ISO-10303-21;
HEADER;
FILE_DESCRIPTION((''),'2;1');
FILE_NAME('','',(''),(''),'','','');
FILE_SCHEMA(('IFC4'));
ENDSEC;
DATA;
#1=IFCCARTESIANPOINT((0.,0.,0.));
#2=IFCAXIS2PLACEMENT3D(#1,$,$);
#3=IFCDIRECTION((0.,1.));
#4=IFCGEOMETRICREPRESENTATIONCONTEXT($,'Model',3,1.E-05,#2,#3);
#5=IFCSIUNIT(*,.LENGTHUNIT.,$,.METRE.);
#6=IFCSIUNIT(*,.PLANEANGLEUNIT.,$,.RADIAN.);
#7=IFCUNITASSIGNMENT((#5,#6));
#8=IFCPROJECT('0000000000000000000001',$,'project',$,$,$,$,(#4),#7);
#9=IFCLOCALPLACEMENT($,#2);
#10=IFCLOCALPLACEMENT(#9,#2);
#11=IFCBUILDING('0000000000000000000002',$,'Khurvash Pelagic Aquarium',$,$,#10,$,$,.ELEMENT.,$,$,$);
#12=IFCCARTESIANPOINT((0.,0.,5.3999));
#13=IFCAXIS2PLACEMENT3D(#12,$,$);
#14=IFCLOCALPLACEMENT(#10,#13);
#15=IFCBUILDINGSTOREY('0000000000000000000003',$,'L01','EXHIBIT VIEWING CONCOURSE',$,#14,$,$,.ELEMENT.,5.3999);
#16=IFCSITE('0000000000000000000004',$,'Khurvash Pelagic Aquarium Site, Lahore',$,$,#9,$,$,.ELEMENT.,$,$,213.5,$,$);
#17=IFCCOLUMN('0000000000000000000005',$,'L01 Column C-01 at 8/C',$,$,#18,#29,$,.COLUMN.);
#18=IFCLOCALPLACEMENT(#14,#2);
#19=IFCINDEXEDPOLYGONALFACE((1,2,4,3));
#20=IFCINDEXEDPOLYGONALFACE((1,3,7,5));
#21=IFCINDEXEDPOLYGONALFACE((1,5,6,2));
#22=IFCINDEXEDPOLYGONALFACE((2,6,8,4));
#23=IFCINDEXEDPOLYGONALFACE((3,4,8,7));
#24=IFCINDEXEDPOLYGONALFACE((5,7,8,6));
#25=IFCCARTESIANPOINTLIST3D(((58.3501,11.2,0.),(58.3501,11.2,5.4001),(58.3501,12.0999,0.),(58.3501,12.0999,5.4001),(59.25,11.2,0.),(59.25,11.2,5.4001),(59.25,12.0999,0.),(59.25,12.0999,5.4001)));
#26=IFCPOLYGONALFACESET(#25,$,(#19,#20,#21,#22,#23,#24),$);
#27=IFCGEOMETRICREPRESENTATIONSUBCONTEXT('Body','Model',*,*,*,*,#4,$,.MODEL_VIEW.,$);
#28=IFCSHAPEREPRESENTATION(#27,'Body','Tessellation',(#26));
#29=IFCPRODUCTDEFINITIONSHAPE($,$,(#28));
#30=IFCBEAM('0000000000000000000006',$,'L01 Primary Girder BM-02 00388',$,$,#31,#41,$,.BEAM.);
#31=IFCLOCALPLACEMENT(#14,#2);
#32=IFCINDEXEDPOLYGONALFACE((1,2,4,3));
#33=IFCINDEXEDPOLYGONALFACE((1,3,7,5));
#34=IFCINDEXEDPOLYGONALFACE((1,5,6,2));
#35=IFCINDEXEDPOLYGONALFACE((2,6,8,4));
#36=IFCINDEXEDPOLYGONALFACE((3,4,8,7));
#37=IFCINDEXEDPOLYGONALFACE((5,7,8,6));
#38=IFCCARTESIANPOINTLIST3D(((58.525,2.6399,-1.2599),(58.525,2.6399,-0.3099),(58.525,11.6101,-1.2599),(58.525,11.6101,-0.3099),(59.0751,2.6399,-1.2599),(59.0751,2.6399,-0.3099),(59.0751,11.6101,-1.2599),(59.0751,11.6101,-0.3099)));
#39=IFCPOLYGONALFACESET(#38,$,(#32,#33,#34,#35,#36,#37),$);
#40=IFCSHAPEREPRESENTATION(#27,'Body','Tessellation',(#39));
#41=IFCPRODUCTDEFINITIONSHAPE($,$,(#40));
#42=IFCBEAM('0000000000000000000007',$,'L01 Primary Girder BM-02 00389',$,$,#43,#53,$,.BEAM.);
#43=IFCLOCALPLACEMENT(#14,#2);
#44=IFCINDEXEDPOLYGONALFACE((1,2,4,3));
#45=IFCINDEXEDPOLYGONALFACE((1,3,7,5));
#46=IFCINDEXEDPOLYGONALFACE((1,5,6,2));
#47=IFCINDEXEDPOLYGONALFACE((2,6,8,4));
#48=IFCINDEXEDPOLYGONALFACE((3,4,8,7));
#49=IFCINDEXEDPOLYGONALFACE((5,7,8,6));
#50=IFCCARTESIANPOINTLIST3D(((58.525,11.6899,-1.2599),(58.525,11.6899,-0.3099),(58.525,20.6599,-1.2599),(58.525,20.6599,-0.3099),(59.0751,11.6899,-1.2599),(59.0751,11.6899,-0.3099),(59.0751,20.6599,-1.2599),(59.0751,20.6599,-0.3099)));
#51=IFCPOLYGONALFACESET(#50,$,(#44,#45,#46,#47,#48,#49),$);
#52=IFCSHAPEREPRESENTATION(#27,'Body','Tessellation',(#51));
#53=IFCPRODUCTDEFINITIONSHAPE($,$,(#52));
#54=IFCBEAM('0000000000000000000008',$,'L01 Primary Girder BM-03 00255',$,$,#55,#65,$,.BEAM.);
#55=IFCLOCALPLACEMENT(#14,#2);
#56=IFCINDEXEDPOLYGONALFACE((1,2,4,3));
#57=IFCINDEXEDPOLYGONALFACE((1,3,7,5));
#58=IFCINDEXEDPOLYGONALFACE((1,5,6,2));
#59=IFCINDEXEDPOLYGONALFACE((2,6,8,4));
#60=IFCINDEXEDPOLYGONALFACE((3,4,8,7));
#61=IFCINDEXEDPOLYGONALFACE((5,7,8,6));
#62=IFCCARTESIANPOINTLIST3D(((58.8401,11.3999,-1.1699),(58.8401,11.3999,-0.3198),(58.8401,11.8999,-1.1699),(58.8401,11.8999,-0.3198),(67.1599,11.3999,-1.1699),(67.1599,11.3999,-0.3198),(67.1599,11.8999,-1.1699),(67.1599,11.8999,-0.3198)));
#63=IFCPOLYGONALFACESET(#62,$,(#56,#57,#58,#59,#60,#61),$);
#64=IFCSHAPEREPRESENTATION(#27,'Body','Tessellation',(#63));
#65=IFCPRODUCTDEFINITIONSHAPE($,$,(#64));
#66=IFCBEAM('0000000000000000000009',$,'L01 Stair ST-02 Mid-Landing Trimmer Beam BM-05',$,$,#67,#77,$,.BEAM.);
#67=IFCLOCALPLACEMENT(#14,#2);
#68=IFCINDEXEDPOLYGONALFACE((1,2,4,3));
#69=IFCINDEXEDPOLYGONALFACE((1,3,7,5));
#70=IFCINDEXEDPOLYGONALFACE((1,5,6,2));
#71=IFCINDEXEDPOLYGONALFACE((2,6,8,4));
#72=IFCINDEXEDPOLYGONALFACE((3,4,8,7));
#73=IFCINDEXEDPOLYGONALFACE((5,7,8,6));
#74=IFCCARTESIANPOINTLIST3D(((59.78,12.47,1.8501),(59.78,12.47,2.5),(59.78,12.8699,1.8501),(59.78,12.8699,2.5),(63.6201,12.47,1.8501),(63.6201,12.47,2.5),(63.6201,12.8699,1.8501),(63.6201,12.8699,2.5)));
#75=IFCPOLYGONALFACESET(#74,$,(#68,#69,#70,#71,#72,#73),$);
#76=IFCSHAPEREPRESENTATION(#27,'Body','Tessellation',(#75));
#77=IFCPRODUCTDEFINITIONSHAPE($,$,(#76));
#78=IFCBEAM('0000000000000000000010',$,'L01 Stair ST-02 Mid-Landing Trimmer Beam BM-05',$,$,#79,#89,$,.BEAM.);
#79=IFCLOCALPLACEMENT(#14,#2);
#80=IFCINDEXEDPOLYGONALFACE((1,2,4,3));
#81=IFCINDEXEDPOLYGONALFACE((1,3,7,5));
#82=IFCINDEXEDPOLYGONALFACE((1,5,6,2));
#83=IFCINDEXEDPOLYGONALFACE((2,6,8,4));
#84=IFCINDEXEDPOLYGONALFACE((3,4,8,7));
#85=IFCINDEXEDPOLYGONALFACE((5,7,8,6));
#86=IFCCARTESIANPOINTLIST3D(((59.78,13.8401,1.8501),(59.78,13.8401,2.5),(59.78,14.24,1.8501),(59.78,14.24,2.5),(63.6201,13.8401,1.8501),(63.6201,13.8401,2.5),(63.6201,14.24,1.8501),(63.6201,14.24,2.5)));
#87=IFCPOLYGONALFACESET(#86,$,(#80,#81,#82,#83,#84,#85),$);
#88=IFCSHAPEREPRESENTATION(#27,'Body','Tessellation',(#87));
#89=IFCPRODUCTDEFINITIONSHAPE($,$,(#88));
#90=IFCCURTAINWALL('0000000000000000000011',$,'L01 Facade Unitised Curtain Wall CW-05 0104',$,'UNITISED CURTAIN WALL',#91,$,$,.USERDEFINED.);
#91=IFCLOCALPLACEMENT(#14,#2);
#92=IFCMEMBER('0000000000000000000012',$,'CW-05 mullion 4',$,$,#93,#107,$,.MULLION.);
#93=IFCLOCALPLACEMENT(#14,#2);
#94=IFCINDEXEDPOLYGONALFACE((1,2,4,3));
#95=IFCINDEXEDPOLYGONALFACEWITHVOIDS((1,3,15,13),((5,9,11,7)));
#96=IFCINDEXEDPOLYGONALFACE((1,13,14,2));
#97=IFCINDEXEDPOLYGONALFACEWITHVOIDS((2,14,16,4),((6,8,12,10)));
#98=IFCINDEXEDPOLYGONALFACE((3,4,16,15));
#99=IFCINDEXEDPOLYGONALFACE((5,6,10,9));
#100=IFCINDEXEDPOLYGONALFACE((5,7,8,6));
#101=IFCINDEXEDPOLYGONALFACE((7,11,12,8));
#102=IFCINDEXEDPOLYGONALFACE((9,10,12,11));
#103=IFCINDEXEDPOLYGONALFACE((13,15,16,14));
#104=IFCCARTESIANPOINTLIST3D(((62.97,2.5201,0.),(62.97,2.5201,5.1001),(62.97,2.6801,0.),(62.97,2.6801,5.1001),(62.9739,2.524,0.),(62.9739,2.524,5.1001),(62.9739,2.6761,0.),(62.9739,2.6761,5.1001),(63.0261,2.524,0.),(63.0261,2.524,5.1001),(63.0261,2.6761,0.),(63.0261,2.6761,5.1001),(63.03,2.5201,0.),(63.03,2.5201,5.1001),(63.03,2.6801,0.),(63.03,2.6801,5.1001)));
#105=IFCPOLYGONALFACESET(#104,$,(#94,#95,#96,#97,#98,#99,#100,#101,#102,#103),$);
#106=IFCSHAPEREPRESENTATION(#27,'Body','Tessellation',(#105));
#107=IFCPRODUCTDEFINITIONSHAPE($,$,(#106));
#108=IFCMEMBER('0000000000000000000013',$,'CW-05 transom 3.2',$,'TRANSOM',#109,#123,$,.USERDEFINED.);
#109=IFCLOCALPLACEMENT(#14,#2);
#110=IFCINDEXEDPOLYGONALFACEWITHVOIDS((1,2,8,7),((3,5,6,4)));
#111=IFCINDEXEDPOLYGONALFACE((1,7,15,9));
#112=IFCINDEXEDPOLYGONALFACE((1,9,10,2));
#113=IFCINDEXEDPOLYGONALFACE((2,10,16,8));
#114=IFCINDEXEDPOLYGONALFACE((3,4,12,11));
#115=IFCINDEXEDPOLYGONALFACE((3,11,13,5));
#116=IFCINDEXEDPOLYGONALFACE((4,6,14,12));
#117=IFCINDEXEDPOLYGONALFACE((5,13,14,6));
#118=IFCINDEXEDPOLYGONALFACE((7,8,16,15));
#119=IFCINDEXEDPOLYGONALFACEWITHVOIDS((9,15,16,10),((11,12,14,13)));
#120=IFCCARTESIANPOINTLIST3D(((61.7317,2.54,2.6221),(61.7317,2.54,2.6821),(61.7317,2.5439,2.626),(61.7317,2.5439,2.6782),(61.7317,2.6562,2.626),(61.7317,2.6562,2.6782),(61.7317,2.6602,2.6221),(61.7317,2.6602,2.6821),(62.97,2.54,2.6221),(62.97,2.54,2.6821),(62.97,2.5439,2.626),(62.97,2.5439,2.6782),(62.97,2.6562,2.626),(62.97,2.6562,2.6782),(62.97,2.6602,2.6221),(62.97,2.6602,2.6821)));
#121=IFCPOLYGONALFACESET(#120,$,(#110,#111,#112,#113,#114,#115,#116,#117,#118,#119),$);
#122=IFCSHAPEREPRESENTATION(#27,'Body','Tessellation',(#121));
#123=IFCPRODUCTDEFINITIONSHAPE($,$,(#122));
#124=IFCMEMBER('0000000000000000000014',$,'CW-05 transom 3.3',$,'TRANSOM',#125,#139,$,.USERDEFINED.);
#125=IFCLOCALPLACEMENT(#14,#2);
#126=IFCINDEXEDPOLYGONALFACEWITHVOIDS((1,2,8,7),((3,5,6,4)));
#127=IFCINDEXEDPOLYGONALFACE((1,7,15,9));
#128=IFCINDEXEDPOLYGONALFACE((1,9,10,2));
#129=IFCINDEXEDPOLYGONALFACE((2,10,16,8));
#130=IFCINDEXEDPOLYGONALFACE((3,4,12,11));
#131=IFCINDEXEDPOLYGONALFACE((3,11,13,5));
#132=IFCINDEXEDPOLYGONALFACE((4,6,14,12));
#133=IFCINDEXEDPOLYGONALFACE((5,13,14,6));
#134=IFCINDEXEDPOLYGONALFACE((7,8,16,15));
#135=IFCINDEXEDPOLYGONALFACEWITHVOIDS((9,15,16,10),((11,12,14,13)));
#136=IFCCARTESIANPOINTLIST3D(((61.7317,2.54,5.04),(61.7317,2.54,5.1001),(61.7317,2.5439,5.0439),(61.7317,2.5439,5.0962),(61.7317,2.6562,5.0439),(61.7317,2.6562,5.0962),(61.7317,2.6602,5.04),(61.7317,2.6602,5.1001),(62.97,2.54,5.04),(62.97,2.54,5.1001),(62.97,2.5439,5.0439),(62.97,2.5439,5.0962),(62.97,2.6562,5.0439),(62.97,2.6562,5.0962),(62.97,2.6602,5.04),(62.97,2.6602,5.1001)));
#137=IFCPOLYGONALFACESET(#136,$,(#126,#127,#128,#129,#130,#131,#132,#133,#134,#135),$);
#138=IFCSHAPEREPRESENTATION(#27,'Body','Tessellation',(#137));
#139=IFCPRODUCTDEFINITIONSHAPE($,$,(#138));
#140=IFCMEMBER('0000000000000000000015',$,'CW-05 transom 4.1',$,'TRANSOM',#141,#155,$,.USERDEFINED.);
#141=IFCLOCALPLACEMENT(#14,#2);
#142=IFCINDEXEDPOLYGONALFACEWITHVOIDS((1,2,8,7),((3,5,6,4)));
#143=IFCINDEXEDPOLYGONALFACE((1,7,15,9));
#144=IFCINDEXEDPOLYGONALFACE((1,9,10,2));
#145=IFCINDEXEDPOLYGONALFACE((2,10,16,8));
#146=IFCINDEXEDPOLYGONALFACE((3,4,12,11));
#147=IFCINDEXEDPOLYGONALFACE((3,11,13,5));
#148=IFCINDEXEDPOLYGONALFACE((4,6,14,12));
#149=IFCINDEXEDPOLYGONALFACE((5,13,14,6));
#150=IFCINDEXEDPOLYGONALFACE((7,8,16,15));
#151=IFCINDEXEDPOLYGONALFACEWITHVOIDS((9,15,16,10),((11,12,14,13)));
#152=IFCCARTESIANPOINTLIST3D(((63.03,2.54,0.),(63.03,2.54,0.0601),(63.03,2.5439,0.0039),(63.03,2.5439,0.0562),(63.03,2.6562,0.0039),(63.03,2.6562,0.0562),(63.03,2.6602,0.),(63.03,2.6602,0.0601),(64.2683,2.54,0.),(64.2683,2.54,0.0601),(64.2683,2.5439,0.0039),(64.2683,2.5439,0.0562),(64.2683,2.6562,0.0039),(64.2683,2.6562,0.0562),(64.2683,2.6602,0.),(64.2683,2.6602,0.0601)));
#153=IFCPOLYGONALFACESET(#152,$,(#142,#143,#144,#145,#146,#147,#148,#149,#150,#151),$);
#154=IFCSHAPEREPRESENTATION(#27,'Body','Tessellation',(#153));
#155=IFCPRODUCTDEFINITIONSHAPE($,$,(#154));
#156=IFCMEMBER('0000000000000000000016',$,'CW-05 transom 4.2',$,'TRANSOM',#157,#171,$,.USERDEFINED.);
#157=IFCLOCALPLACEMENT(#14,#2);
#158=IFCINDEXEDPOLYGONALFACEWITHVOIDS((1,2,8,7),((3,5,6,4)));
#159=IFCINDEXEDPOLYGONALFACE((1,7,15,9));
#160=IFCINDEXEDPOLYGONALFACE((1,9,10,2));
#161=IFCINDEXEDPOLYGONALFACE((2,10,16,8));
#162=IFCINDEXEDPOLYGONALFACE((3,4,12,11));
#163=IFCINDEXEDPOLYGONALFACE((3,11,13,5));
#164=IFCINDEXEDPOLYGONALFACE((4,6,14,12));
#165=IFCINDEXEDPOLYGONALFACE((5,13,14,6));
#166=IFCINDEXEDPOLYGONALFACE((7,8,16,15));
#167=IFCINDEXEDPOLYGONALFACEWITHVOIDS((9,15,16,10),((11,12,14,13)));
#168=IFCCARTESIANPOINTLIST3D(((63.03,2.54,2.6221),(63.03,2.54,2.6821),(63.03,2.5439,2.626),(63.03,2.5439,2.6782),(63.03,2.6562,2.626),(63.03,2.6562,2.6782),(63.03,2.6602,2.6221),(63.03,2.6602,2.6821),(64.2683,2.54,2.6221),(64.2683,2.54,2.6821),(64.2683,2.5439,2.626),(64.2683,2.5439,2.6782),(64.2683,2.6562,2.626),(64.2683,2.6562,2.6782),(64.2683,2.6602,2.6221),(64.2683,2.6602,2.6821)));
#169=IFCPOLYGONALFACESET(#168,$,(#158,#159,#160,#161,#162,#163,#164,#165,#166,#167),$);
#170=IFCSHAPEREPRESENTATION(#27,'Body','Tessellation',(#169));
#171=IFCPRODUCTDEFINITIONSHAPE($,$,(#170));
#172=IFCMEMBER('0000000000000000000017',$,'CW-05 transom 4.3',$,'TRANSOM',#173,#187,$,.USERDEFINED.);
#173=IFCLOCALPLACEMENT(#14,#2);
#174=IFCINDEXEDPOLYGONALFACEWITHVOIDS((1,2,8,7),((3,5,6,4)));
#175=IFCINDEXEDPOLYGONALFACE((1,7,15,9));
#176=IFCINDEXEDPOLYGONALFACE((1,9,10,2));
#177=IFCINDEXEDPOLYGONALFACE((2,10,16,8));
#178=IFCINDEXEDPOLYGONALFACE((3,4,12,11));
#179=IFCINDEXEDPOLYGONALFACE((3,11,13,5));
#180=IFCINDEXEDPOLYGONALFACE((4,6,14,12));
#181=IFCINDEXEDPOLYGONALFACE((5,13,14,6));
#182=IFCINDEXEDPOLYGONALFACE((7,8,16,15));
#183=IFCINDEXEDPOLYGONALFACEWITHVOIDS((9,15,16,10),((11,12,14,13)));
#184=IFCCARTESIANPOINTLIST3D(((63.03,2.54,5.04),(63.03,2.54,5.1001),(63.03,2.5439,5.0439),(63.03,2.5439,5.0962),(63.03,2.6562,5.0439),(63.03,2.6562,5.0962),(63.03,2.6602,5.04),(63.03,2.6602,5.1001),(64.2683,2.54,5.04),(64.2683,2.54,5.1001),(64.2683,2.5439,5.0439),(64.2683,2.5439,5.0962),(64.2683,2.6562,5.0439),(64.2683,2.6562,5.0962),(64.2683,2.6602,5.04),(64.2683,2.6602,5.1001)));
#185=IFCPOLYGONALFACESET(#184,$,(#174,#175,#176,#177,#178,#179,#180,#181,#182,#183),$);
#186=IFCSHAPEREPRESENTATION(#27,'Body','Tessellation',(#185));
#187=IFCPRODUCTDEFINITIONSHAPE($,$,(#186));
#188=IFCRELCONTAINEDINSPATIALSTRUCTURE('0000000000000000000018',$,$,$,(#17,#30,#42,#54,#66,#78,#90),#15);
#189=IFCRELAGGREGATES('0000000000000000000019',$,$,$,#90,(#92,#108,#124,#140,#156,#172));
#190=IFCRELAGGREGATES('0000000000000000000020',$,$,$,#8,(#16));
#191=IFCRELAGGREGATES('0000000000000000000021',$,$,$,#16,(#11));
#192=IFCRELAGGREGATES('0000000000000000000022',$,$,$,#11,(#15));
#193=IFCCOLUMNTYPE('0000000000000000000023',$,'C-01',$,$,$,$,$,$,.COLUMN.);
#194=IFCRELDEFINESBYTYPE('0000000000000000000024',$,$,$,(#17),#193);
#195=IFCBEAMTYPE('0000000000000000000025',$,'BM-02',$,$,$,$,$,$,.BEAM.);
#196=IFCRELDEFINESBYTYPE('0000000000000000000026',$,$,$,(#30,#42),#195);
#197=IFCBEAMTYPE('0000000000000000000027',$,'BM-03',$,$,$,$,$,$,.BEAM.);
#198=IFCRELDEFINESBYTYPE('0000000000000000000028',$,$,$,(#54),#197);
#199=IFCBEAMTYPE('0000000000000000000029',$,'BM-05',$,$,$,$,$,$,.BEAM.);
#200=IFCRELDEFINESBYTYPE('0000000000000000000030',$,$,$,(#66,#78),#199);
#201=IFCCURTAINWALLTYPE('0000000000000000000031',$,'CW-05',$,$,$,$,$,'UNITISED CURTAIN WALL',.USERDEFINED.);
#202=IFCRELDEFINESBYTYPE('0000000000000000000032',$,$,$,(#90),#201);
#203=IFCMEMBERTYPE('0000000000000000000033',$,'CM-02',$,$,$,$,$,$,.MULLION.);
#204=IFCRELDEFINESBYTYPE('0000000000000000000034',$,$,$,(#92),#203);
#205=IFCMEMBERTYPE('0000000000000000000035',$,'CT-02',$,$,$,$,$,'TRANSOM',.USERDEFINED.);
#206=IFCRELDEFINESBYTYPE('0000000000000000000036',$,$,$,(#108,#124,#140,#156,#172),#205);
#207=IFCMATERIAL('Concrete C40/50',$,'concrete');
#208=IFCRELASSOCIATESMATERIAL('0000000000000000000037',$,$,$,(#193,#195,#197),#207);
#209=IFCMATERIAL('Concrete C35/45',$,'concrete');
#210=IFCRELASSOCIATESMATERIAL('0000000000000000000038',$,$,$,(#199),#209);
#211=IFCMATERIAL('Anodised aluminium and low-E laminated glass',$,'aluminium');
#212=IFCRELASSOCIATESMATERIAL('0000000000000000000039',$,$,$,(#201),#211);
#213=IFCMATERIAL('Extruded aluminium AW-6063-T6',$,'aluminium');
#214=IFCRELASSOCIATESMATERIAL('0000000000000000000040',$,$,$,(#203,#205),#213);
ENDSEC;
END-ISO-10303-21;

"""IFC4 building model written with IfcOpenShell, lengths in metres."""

from ifc_helpers import new_model, si_unit, direction, frame, origin, origin_2d, place, context, subcontext, project, spatial, rectangle, hollow_rectangle, extrude, material, material_profile, profile_set, type_object, element, aggregate, save


model = new_model("IFC4")

# Units and contexts
model_context = context("Model", 3, precision=1e-05, world=origin(), true_north=direction((0.0, 1.0)))
body_context = subcontext(model_context, "Body", "Model", "MODEL_VIEW")
ifc_project = project(units=[si_unit("LENGTHUNIT", "METRE"), si_unit("PLANEANGLEUNIT", "RADIAN")], contexts=[model_context])

# Site, building, storey
site_placement = place(None, origin())
site = spatial("IfcSite", under=ifc_project, at=site_placement, Name="Khurvash Pelagic Aquarium Site, Lahore", CompositionType="ELEMENT", RefElevation=213.5)
building_placement = place(site_placement, origin())
building = spatial("IfcBuilding", under=site, at=building_placement, Name="Khurvash Pelagic Aquarium", CompositionType="ELEMENT")
storey_placement = place(building_placement, frame((0.0, 0.0, 5.3999)))
storey = spatial("IfcBuildingStorey", under=building, at=storey_placement, Name="L01", Description="EXHIBIT VIEWING CONCOURSE", CompositionType="ELEMENT", Elevation=5.3999)

# Column
ifc_material_1 = material(Name="Concrete C40/50", Category="concrete")
ifc_material_profile_1 = material_profile(ifc_material_1, rectangle(XDim=0.8999, YDim=0.8999, at=origin_2d()), Name="RC900X900")
ifc_profile_set_1 = profile_set([ifc_material_profile_1], Name="Concrete C40/50")
column_type = type_object("IfcColumnType", Name="C-01", PredefinedType="COLUMN", material=ifc_profile_set_1)
column_placement = place(storey_placement, frame((58.8, 11.6499, 0.0), z_axis=(0.0, 0.0, 1.0), x_axis=(1.0, 0.0, 0.0)))
element("IfcColumn", 1, at=column_placement, inside=storey, type_object=column_type, Name="L01 Column C-01 at 8/C", PredefinedType="COLUMN", context=body_context, shape_type="SweptSolid", body=[
    extrude(rectangle(XDim=0.8999, YDim=0.8999, at=origin_2d()), origin(), (0.0, 0.0, 1.0), 5.4001),
])

# Beams
ifc_material_profile_2 = material_profile(ifc_material_1, rectangle(XDim=0.55, YDim=0.95, at=origin_2d()), Name="RC550X950")
ifc_profile_set_2 = profile_set([ifc_material_profile_2], Name="Concrete C40/50")
beam_type_1 = type_object("IfcBeamType", Name="BM-02", PredefinedType="BEAM", material=ifc_profile_set_2)
beam_1_placement = place(storey_placement, frame((58.8, 2.6399, -0.7849), z_axis=(0.0, 1.0, 0.0), x_axis=(-1.0, 0.0, 0.0)))
element("IfcBeam", 2, at=beam_1_placement, inside=storey, type_object=beam_type_1, Name="L01 Primary Girder BM-02 00388", PredefinedType="BEAM", context=body_context, shape_type="SweptSolid", body=[
    extrude(rectangle(XDim=0.55, YDim=0.95, at=origin_2d()), origin(), (0.0, 0.0, 1.0), 8.9702),
])
beam_2_placement = place(storey_placement, frame((58.8, 11.6899, -0.7849), z_axis=(0.0, 1.0, 0.0), x_axis=(-1.0, 0.0, 0.0)))
element("IfcBeam", 3, at=beam_2_placement, inside=storey, type_object=beam_type_1, Name="L01 Primary Girder BM-02 00389", PredefinedType="BEAM", context=body_context, shape_type="SweptSolid", body=[
    extrude(rectangle(XDim=0.55, YDim=0.95, at=origin_2d()), origin(), (0.0, 0.0, 1.0), 8.97),
])
ifc_material_profile_3 = material_profile(ifc_material_1, rectangle(XDim=0.5, YDim=0.8501, at=origin_2d()), Name="RC500X850")
ifc_profile_set_3 = profile_set([ifc_material_profile_3], Name="Concrete C40/50")
beam_type_2 = type_object("IfcBeamType", Name="BM-03", PredefinedType="BEAM", material=ifc_profile_set_3)
beam_3_placement = place(storey_placement, frame((58.8401, 11.6499, -0.7449), z_axis=(1.0, 0.0, 0.0), x_axis=(0.0, 1.0, 0.0)))
element("IfcBeam", 4, at=beam_3_placement, inside=storey, type_object=beam_type_2, Name="L01 Primary Girder BM-03 00255", PredefinedType="BEAM", context=body_context, shape_type="SweptSolid", body=[
    extrude(rectangle(XDim=0.5, YDim=0.8501, at=origin_2d()), origin(), (0.0, 0.0, 1.0), 8.3198),
])
ifc_material_2 = material(Name="Concrete C35/45", Category="concrete")
ifc_material_profile_4 = material_profile(ifc_material_2, rectangle(XDim=0.3999, YDim=0.6499, at=origin_2d()), Name="RC400X650")
ifc_profile_set_4 = profile_set([ifc_material_profile_4], Name="Concrete C35/45")
beam_type_3 = type_object("IfcBeamType", Name="BM-05", PredefinedType="BEAM", material=ifc_profile_set_4)
for number, where, z_axis, x_axis, name in (
    (5, (59.78, 12.6699, 2.175), (1.0, 0.0, 0.0), (0.0, 1.0, 0.0), "L01 Stair ST-02 Mid-Landing Trimmer Beam BM-05"),
    (6, (59.78, 14.04, 2.175), (1.0, 0.0, 0.0), (0.0, 1.0, 0.0), "L01 Stair ST-02 Mid-Landing Trimmer Beam BM-05"),
):
    element("IfcBeam", number, at=place(storey_placement, frame(where, z_axis=z_axis, x_axis=x_axis)), inside=storey, type_object=beam_type_3, Name=name, PredefinedType="BEAM", context=body_context, shape_type="SweptSolid", body=[
        extrude(rectangle(XDim=0.3999, YDim=0.6499, at=origin_2d()), origin(), (0.0, 0.0, 1.0), 3.8401),
    ])

# Curtain wall, members
ifc_material_3 = material(Name="Anodised aluminium and low-E laminated glass", Category="aluminium")
curtain_wall_type = type_object("IfcCurtainWallType", Name="CW-05", ElementType="UNITISED CURTAIN WALL", PredefinedType="USERDEFINED", material=ifc_material_3)
curtain_wall_placement = place(storey_placement, origin())
curtain_wall = element("IfcCurtainWall", 7, at=curtain_wall_placement, inside=storey, type_object=curtain_wall_type, Name="L01 Facade Unitised Curtain Wall CW-05 0104", ObjectType="UNITISED CURTAIN WALL", PredefinedType="USERDEFINED")
ifc_material_4 = material(Name="Extruded aluminium AW-6063-T6", Category="aluminium")
ifc_material_profile_5 = material_profile(ifc_material_4, hollow_rectangle(XDim=0.0601, YDim=0.1599, WallThickness=0.0039, at=origin_2d()), Name="CWM60X160X4")
ifc_profile_set_5 = profile_set([ifc_material_profile_5], Name="Extruded aluminium AW-6063-T6")
member_type_1 = type_object("IfcMemberType", Name="CM-02", PredefinedType="MULLION", material=ifc_profile_set_5)
member_1_placement = place(storey_placement, frame((63.0, 2.6001, 0.0), z_axis=(0.0, 0.0, 1.0), x_axis=(1.0, 0.0, 0.0)))
member_1 = element("IfcMember", 8, at=member_1_placement, type_object=member_type_1, Name="CW-05 mullion 4", PredefinedType="MULLION", context=body_context, shape_type="SweptSolid", body=[
    extrude(hollow_rectangle(XDim=0.0601, YDim=0.1599, WallThickness=0.0039, at=origin_2d()), origin(), (0.0, 0.0, 1.0), 5.1001),
])
ifc_material_profile_6 = material_profile(ifc_material_4, hollow_rectangle(XDim=0.1201, YDim=0.0601, WallThickness=0.0039, at=origin_2d()), Name="CWT120X60X4")
ifc_profile_set_6 = profile_set([ifc_material_profile_6], Name="Extruded aluminium AW-6063-T6")
member_type_2 = type_object("IfcMemberType", Name="CT-02", ElementType="TRANSOM", PredefinedType="USERDEFINED", material=ifc_profile_set_6)
member_2_placement = place(storey_placement, frame((61.7317, 2.6001, 2.6521), z_axis=(1.0, 0.0, 0.0), x_axis=(0.0, 1.0, 0.0)))
member_2 = element("IfcMember", 9, at=member_2_placement, type_object=member_type_2, Name="CW-05 transom 3.2", ObjectType="TRANSOM", PredefinedType="USERDEFINED", context=body_context, shape_type="SweptSolid", body=[
    extrude(hollow_rectangle(XDim=0.1201, YDim=0.0601, WallThickness=0.0039, at=origin_2d()), origin(), (0.0, 0.0, 1.0), 1.2383),
])
member_3_placement = place(storey_placement, frame((61.7317, 2.6001, 5.0701), z_axis=(1.0, 0.0, 0.0), x_axis=(0.0, 1.0, 0.0)))
member_3 = element("IfcMember", 10, at=member_3_placement, type_object=member_type_2, Name="CW-05 transom 3.3", ObjectType="TRANSOM", PredefinedType="USERDEFINED", context=body_context, shape_type="SweptSolid", body=[
    extrude(hollow_rectangle(XDim=0.1201, YDim=0.0601, WallThickness=0.0039, at=origin_2d()), origin(), (0.0, 0.0, 1.0), 1.2383),
])
member_4_placement = place(storey_placement, frame((63.03, 2.6001, 0.03), z_axis=(1.0, 0.0, 0.0), x_axis=(0.0, 1.0, 0.0)))
member_4 = element("IfcMember", 11, at=member_4_placement, type_object=member_type_2, Name="CW-05 transom 4.1", ObjectType="TRANSOM", PredefinedType="USERDEFINED", context=body_context, shape_type="SweptSolid", body=[
    extrude(hollow_rectangle(XDim=0.1201, YDim=0.0601, WallThickness=0.0039, at=origin_2d()), origin(), (0.0, 0.0, 1.0), 1.2383),
])
member_5_placement = place(storey_placement, frame((63.03, 2.6001, 2.6521), z_axis=(1.0, 0.0, 0.0), x_axis=(0.0, 1.0, 0.0)))
member_5 = element("IfcMember", 12, at=member_5_placement, type_object=member_type_2, Name="CW-05 transom 4.2", ObjectType="TRANSOM", PredefinedType="USERDEFINED", context=body_context, shape_type="SweptSolid", body=[
    extrude(hollow_rectangle(XDim=0.1201, YDim=0.0601, WallThickness=0.0039, at=origin_2d()), origin(), (0.0, 0.0, 1.0), 1.2383),
])
member_6_placement = place(storey_placement, frame((63.03, 2.6001, 5.0701), z_axis=(1.0, 0.0, 0.0), x_axis=(0.0, 1.0, 0.0)))
member_6 = element("IfcMember", 13, at=member_6_placement, type_object=member_type_2, Name="CW-05 transom 4.3", ObjectType="TRANSOM", PredefinedType="USERDEFINED", context=body_context, shape_type="SweptSolid", body=[
    extrude(hollow_rectangle(XDim=0.1201, YDim=0.0601, WallThickness=0.0039, at=origin_2d()), origin(), (0.0, 0.0, 1.0), 1.2383),
])

aggregate(curtain_wall, [member_1, member_2, member_3, member_4, member_5, member_6])

save(model, "model.ifc")
